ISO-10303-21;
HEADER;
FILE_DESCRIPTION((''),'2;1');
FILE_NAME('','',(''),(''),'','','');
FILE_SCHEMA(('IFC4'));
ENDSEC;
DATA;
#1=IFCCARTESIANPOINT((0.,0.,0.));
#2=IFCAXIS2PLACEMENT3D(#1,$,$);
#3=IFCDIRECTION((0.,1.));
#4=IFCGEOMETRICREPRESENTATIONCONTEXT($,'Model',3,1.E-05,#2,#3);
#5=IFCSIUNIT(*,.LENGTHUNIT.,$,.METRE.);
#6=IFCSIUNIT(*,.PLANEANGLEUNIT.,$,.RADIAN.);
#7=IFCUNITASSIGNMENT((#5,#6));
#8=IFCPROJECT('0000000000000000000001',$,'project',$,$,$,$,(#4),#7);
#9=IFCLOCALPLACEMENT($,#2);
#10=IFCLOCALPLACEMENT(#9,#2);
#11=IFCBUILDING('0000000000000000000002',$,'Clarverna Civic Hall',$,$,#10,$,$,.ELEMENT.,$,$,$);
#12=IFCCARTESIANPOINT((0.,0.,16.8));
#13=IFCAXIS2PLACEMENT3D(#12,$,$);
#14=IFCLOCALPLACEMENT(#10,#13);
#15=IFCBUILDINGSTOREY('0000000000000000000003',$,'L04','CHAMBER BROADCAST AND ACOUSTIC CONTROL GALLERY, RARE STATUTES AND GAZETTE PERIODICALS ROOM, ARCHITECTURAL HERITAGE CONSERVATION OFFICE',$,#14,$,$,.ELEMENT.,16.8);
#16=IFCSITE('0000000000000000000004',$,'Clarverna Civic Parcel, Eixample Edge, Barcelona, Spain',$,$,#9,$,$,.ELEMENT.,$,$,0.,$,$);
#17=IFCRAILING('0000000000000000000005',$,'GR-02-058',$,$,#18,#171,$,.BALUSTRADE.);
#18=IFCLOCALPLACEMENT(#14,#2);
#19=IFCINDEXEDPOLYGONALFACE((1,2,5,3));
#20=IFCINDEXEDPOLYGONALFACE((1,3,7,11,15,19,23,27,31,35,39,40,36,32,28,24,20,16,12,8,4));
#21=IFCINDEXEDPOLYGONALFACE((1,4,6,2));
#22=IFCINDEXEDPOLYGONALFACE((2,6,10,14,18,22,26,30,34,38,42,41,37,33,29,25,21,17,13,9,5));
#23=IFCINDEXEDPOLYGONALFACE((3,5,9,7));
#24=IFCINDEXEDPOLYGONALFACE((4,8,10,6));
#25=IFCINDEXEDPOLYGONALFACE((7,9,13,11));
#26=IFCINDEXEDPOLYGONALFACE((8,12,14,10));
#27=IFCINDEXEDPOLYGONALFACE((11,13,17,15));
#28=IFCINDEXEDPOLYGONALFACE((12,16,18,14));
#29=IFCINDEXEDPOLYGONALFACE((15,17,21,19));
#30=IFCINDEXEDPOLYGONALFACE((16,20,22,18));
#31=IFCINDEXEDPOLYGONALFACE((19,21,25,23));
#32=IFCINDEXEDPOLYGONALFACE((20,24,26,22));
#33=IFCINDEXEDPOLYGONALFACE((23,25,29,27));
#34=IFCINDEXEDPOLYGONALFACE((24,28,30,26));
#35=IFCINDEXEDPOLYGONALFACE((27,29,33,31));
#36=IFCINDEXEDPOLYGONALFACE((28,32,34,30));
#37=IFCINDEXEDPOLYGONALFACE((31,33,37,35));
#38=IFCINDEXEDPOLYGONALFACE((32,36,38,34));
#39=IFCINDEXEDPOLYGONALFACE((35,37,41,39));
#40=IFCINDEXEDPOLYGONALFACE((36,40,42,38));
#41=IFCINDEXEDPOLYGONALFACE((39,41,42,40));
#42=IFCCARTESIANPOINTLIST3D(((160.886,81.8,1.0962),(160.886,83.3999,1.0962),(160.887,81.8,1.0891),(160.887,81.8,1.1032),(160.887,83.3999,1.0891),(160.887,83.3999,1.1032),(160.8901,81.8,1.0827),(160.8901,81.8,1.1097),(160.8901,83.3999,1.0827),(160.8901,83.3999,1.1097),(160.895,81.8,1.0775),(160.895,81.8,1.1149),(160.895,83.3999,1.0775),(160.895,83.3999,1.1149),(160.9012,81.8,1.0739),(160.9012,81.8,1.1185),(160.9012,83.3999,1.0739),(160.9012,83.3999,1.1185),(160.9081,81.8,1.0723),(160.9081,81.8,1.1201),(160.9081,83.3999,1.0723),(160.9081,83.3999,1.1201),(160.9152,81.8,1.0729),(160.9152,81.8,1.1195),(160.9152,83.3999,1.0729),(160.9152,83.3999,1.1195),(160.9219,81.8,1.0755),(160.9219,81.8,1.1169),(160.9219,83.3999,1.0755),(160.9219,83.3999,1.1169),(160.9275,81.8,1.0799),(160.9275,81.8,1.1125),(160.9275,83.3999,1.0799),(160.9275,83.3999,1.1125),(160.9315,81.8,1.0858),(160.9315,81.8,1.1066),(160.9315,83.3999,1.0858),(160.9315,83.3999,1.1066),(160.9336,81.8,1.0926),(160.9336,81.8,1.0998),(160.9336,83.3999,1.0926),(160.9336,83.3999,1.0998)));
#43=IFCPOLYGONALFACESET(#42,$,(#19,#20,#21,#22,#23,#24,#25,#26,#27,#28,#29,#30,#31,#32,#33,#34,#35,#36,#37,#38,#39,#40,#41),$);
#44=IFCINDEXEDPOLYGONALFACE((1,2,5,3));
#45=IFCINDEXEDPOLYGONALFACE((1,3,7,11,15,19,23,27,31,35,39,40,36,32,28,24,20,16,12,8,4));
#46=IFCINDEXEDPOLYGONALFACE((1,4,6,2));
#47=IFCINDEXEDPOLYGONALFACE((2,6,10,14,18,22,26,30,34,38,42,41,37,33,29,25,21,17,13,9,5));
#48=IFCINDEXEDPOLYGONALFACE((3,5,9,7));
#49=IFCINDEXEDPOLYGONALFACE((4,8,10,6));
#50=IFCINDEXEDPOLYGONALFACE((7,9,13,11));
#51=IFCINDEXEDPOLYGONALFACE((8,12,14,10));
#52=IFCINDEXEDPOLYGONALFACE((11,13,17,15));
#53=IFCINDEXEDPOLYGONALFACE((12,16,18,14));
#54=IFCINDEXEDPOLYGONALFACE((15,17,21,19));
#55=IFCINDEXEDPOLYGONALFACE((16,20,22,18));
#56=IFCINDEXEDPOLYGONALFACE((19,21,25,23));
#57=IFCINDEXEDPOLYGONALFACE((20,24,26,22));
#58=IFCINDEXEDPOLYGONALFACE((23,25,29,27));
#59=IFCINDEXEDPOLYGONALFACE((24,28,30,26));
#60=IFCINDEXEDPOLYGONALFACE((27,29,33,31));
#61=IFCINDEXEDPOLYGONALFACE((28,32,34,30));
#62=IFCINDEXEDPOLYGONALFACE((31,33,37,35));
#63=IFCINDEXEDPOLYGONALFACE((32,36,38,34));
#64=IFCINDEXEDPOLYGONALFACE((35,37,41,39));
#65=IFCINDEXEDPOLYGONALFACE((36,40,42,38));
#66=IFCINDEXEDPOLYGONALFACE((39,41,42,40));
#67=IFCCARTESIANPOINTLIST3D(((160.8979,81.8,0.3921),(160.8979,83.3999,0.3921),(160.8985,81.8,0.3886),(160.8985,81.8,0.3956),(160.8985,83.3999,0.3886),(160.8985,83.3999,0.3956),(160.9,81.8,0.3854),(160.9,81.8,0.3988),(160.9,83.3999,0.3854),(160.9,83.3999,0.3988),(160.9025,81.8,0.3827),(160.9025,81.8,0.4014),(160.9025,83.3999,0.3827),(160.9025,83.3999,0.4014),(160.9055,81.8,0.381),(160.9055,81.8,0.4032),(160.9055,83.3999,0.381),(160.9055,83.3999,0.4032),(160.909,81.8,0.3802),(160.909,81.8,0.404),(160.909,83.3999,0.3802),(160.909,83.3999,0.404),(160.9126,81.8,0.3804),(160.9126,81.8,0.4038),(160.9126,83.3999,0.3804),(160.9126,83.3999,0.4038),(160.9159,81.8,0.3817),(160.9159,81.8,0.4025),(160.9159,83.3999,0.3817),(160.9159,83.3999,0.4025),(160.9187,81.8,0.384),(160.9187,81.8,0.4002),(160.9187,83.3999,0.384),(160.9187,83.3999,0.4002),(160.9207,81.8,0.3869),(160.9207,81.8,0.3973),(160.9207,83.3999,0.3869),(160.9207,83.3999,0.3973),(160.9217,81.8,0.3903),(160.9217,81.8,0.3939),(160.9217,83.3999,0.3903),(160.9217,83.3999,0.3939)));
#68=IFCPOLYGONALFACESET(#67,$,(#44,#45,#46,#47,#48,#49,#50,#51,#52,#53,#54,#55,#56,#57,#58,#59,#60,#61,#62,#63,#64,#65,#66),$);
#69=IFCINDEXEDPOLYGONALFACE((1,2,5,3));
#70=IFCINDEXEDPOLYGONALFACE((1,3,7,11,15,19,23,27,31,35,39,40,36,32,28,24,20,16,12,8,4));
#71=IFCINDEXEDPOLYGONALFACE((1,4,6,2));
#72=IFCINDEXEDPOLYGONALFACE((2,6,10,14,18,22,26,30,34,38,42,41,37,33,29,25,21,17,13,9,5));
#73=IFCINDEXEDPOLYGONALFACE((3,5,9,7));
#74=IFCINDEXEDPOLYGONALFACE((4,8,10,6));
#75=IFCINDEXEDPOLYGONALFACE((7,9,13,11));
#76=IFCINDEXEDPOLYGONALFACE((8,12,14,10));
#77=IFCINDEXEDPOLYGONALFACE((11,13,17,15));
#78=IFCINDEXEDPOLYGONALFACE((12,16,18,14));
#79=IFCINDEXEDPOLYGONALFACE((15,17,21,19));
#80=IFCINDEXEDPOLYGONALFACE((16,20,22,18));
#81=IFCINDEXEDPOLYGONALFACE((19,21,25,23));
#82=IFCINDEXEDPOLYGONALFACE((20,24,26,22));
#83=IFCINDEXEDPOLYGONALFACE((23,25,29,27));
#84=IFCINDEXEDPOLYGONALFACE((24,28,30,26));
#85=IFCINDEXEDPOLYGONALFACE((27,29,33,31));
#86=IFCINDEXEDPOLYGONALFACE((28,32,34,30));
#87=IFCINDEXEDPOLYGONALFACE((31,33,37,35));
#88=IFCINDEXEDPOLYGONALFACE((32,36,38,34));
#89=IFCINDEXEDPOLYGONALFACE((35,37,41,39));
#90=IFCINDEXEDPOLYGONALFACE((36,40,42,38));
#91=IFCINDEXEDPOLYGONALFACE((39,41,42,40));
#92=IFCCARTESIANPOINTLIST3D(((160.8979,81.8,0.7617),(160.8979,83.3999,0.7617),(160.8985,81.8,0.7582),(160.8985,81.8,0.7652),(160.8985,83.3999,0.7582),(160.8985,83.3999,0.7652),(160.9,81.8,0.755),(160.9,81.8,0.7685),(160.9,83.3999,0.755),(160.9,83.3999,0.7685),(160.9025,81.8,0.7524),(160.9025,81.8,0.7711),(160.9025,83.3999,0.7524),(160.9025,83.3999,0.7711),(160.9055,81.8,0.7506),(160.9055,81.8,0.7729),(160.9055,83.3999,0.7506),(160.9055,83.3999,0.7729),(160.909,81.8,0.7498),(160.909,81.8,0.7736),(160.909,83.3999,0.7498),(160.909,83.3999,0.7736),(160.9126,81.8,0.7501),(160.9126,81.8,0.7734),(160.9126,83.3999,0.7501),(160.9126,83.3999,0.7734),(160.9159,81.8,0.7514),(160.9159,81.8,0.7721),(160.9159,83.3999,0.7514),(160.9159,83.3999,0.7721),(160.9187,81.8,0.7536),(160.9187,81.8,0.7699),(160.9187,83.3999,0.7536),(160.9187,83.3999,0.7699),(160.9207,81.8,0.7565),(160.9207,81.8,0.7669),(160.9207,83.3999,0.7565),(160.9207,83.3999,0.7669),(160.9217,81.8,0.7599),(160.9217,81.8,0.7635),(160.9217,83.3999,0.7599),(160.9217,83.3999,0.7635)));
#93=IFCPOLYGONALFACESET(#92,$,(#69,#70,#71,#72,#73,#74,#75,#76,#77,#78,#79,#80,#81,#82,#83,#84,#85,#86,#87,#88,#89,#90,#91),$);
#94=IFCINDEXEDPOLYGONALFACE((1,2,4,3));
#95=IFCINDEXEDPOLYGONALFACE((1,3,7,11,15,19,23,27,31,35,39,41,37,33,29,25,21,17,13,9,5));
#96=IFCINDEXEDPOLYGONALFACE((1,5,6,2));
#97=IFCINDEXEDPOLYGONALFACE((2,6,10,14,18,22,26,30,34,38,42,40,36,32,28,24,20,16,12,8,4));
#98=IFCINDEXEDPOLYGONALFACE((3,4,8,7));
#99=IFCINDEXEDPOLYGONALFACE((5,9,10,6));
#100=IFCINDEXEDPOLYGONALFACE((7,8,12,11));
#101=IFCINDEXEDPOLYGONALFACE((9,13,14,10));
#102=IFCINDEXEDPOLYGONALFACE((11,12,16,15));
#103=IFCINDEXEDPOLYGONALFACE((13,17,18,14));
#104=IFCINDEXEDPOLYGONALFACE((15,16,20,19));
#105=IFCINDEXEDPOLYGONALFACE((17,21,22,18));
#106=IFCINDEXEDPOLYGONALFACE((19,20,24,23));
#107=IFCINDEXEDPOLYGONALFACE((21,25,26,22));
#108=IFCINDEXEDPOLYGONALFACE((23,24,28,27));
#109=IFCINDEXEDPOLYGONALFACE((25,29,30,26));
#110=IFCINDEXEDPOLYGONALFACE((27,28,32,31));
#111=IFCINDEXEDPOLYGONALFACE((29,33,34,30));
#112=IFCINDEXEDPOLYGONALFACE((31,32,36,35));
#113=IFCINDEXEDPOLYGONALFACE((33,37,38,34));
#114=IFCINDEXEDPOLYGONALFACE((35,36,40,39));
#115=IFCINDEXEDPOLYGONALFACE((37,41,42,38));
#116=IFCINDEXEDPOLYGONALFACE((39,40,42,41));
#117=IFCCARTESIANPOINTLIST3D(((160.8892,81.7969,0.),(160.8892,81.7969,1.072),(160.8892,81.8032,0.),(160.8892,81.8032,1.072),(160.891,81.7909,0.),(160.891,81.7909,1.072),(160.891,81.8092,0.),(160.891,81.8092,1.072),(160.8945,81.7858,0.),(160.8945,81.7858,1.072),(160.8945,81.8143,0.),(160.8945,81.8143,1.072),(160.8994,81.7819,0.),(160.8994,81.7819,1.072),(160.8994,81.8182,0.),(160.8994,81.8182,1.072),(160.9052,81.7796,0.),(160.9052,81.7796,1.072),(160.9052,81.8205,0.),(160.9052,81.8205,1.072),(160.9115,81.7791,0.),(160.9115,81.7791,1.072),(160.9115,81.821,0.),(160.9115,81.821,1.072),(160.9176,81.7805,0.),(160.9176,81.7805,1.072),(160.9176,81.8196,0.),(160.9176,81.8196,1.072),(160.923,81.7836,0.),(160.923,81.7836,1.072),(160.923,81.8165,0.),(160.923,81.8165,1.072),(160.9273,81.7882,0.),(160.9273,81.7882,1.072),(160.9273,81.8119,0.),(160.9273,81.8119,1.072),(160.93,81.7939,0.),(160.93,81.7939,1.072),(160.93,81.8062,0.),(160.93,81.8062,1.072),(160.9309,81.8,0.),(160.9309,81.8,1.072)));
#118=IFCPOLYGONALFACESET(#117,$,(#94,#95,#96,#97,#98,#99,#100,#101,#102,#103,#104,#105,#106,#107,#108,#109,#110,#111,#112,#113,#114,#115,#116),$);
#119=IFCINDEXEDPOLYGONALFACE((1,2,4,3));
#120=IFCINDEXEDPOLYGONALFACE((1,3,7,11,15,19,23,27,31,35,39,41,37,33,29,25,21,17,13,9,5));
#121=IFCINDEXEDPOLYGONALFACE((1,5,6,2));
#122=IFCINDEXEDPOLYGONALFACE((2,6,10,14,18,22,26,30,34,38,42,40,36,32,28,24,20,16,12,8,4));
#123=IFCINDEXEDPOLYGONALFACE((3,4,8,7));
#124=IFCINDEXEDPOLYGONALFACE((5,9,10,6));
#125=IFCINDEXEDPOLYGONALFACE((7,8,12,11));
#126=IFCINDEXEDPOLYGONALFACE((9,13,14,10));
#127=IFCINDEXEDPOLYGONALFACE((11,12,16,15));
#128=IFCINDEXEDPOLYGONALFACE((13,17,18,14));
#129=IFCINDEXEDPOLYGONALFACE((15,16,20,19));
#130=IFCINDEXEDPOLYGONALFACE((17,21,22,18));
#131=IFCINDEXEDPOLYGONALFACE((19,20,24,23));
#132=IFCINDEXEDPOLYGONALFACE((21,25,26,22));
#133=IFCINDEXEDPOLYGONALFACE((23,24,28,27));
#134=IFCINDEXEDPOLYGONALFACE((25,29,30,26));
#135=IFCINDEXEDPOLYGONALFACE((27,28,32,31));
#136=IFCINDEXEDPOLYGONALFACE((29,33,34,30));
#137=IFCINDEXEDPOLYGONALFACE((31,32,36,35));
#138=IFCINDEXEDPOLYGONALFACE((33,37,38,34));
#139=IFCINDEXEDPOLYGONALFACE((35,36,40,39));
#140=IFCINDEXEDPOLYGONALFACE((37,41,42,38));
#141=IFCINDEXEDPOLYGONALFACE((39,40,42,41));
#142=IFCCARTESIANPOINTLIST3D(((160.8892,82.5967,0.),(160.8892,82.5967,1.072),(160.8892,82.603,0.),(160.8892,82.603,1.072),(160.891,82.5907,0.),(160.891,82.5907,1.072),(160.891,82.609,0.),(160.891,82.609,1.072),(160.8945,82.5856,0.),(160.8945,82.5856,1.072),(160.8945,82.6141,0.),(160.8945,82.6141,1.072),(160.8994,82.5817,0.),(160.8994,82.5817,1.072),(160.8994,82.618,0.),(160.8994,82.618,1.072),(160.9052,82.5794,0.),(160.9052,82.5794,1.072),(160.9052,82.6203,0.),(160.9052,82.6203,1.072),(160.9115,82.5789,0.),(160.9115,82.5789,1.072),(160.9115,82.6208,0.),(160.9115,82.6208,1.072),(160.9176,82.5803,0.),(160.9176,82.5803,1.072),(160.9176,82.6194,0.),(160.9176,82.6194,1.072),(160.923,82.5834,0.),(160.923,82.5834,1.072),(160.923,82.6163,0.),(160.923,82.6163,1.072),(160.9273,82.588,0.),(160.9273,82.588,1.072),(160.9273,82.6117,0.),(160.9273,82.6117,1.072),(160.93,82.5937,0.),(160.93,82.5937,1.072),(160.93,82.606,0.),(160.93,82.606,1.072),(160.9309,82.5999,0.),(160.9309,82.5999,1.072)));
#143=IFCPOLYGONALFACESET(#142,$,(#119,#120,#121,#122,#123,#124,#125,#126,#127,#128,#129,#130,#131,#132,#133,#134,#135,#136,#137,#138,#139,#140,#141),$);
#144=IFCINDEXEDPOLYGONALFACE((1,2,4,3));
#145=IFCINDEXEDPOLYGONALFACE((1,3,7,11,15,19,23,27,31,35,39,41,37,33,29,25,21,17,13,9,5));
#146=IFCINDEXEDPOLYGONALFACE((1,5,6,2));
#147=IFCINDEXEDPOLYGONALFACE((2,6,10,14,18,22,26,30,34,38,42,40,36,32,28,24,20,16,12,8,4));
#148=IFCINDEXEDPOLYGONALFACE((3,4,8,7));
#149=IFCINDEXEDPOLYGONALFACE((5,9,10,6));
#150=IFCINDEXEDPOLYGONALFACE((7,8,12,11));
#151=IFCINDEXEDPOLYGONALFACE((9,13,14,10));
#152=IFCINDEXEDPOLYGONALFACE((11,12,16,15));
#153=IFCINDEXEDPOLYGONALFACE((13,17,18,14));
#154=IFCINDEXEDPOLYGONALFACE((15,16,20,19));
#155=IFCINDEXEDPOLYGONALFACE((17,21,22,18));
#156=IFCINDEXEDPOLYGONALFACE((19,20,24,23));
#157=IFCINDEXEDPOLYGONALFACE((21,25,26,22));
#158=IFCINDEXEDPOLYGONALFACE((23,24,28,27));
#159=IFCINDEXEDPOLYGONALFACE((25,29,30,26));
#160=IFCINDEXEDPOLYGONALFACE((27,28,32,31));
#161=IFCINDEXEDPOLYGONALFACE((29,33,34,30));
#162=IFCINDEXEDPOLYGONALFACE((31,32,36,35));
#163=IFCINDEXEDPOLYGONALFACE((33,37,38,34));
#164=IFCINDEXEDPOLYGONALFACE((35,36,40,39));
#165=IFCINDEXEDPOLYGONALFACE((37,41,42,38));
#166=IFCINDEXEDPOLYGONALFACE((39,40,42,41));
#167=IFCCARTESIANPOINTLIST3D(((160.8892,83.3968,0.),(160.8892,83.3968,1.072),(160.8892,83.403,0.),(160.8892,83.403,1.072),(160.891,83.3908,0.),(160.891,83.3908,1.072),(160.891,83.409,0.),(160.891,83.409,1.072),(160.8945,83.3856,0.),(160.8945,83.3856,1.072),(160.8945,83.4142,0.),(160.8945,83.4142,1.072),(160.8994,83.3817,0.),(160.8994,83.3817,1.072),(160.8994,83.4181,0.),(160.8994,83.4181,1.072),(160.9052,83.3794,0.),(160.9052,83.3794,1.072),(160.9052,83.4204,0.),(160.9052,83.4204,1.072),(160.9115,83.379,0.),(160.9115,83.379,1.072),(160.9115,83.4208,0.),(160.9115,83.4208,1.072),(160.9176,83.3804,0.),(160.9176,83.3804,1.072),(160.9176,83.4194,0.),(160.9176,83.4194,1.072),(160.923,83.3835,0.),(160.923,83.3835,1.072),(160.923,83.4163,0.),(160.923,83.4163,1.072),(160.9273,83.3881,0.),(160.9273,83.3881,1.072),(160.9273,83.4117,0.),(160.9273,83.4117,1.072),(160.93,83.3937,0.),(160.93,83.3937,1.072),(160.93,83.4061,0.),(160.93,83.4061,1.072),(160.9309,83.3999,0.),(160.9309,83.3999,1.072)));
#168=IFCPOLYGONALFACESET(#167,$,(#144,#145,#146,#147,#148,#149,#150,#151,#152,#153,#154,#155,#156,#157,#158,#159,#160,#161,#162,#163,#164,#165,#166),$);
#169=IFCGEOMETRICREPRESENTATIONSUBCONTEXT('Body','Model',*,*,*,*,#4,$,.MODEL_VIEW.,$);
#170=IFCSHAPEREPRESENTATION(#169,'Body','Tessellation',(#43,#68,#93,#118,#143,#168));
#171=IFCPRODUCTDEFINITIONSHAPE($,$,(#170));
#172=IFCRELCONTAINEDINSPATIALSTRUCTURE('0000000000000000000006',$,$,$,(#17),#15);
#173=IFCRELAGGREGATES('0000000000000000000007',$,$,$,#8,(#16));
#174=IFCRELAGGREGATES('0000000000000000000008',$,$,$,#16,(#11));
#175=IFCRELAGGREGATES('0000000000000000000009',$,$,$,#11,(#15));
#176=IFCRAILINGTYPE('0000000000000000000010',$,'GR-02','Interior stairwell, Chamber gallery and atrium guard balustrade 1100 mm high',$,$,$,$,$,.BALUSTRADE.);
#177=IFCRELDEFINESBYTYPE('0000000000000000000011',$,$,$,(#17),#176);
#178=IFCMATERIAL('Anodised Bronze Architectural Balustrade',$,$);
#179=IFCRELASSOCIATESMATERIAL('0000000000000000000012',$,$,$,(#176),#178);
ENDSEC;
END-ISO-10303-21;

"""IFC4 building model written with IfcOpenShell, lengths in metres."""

from ifc_helpers import new_model, si_unit, direction, frame, origin, origin_2d, place, context, subcontext, project, spatial, circle, extrude, material, type_object, element, save


model = new_model("IFC4")

# Units and contexts
model_context = context("Model", 3, precision=1e-05, world=origin(), true_north=direction((0.0, 1.0)))
body_context = subcontext(model_context, "Body", "Model", "MODEL_VIEW")
ifc_project = project(units=[si_unit("LENGTHUNIT", "METRE"), si_unit("PLANEANGLEUNIT", "RADIAN")], contexts=[model_context])

# Site, building, storey
site_placement = place(None, origin())
site = spatial("IfcSite", under=ifc_project, at=site_placement, Name="Clarverna Civic Parcel, Eixample Edge, Barcelona, Spain", CompositionType="ELEMENT", RefElevation=0.0)
building_placement = place(site_placement, origin())
building = spatial("IfcBuilding", under=site, at=building_placement, Name="Clarverna Civic Hall", CompositionType="ELEMENT")
storey_placement = place(building_placement, frame((0.0, 0.0, 16.8)))
storey = spatial("IfcBuildingStorey", under=building, at=storey_placement, Name="L04", Description="CHAMBER BROADCAST AND ACOUSTIC CONTROL GALLERY, RARE STATUTES AND GAZETTE PERIODICALS ROOM, ARCHITECTURAL HERITAGE CONSERVATION OFFICE", CompositionType="ELEMENT", Elevation=16.8)

# Railing
ifc_material_1 = material(Name="Anodised Bronze Architectural Balustrade")
railing_type_1 = type_object("IfcRailingType", Name="GR-02", Description="Interior stairwell, Chamber gallery and atrium guard balustrade 1100 mm high", PredefinedType="BALUSTRADE", material=ifc_material_1)
railing_1_placement = place(storey_placement, frame((160.9099, 81.8, 0.0)))
element("IfcRailing", 1, at=railing_1_placement, inside=storey, type_object=railing_type_1, Name="GR-02-058", PredefinedType="BALUSTRADE", context=body_context, shape_type="SweptSolid", body=[
    extrude(circle(Radius=0.0239, at=origin_2d()), frame((0.0, 0.0, 1.0962), z_axis=(0.0, 1.0, 0.0), x_axis=(-1.0, 0.0, 0.0)), (0.0, 0.0, 1.0), 1.5999),
    extrude(circle(Radius=0.012, at=origin_2d()), frame((0.0, 0.0, 0.3921), z_axis=(0.0, 1.0, 0.0), x_axis=(-1.0, 0.0, 0.0)), (0.0, 0.0, 1.0), 1.5999),
    extrude(circle(Radius=0.012, at=origin_2d()), frame((0.0, 0.0, 0.7617), z_axis=(0.0, 1.0, 0.0), x_axis=(-1.0, 0.0, 0.0)), (0.0, 0.0, 1.0), 1.5999),
    extrude(circle(Radius=0.021, at=origin_2d()), origin(), (0.0, 0.0, 1.0), 1.072),
    extrude(circle(Radius=0.021, at=origin_2d()), frame((0.0, 0.7998, 0.0)), (0.0, 0.0, 1.0), 1.072),
    extrude(circle(Radius=0.021, at=origin_2d()), frame((0.0, 1.5999, 0.0)), (0.0, 0.0, 1.0), 1.072),
])

save(model, "model.ifc")
